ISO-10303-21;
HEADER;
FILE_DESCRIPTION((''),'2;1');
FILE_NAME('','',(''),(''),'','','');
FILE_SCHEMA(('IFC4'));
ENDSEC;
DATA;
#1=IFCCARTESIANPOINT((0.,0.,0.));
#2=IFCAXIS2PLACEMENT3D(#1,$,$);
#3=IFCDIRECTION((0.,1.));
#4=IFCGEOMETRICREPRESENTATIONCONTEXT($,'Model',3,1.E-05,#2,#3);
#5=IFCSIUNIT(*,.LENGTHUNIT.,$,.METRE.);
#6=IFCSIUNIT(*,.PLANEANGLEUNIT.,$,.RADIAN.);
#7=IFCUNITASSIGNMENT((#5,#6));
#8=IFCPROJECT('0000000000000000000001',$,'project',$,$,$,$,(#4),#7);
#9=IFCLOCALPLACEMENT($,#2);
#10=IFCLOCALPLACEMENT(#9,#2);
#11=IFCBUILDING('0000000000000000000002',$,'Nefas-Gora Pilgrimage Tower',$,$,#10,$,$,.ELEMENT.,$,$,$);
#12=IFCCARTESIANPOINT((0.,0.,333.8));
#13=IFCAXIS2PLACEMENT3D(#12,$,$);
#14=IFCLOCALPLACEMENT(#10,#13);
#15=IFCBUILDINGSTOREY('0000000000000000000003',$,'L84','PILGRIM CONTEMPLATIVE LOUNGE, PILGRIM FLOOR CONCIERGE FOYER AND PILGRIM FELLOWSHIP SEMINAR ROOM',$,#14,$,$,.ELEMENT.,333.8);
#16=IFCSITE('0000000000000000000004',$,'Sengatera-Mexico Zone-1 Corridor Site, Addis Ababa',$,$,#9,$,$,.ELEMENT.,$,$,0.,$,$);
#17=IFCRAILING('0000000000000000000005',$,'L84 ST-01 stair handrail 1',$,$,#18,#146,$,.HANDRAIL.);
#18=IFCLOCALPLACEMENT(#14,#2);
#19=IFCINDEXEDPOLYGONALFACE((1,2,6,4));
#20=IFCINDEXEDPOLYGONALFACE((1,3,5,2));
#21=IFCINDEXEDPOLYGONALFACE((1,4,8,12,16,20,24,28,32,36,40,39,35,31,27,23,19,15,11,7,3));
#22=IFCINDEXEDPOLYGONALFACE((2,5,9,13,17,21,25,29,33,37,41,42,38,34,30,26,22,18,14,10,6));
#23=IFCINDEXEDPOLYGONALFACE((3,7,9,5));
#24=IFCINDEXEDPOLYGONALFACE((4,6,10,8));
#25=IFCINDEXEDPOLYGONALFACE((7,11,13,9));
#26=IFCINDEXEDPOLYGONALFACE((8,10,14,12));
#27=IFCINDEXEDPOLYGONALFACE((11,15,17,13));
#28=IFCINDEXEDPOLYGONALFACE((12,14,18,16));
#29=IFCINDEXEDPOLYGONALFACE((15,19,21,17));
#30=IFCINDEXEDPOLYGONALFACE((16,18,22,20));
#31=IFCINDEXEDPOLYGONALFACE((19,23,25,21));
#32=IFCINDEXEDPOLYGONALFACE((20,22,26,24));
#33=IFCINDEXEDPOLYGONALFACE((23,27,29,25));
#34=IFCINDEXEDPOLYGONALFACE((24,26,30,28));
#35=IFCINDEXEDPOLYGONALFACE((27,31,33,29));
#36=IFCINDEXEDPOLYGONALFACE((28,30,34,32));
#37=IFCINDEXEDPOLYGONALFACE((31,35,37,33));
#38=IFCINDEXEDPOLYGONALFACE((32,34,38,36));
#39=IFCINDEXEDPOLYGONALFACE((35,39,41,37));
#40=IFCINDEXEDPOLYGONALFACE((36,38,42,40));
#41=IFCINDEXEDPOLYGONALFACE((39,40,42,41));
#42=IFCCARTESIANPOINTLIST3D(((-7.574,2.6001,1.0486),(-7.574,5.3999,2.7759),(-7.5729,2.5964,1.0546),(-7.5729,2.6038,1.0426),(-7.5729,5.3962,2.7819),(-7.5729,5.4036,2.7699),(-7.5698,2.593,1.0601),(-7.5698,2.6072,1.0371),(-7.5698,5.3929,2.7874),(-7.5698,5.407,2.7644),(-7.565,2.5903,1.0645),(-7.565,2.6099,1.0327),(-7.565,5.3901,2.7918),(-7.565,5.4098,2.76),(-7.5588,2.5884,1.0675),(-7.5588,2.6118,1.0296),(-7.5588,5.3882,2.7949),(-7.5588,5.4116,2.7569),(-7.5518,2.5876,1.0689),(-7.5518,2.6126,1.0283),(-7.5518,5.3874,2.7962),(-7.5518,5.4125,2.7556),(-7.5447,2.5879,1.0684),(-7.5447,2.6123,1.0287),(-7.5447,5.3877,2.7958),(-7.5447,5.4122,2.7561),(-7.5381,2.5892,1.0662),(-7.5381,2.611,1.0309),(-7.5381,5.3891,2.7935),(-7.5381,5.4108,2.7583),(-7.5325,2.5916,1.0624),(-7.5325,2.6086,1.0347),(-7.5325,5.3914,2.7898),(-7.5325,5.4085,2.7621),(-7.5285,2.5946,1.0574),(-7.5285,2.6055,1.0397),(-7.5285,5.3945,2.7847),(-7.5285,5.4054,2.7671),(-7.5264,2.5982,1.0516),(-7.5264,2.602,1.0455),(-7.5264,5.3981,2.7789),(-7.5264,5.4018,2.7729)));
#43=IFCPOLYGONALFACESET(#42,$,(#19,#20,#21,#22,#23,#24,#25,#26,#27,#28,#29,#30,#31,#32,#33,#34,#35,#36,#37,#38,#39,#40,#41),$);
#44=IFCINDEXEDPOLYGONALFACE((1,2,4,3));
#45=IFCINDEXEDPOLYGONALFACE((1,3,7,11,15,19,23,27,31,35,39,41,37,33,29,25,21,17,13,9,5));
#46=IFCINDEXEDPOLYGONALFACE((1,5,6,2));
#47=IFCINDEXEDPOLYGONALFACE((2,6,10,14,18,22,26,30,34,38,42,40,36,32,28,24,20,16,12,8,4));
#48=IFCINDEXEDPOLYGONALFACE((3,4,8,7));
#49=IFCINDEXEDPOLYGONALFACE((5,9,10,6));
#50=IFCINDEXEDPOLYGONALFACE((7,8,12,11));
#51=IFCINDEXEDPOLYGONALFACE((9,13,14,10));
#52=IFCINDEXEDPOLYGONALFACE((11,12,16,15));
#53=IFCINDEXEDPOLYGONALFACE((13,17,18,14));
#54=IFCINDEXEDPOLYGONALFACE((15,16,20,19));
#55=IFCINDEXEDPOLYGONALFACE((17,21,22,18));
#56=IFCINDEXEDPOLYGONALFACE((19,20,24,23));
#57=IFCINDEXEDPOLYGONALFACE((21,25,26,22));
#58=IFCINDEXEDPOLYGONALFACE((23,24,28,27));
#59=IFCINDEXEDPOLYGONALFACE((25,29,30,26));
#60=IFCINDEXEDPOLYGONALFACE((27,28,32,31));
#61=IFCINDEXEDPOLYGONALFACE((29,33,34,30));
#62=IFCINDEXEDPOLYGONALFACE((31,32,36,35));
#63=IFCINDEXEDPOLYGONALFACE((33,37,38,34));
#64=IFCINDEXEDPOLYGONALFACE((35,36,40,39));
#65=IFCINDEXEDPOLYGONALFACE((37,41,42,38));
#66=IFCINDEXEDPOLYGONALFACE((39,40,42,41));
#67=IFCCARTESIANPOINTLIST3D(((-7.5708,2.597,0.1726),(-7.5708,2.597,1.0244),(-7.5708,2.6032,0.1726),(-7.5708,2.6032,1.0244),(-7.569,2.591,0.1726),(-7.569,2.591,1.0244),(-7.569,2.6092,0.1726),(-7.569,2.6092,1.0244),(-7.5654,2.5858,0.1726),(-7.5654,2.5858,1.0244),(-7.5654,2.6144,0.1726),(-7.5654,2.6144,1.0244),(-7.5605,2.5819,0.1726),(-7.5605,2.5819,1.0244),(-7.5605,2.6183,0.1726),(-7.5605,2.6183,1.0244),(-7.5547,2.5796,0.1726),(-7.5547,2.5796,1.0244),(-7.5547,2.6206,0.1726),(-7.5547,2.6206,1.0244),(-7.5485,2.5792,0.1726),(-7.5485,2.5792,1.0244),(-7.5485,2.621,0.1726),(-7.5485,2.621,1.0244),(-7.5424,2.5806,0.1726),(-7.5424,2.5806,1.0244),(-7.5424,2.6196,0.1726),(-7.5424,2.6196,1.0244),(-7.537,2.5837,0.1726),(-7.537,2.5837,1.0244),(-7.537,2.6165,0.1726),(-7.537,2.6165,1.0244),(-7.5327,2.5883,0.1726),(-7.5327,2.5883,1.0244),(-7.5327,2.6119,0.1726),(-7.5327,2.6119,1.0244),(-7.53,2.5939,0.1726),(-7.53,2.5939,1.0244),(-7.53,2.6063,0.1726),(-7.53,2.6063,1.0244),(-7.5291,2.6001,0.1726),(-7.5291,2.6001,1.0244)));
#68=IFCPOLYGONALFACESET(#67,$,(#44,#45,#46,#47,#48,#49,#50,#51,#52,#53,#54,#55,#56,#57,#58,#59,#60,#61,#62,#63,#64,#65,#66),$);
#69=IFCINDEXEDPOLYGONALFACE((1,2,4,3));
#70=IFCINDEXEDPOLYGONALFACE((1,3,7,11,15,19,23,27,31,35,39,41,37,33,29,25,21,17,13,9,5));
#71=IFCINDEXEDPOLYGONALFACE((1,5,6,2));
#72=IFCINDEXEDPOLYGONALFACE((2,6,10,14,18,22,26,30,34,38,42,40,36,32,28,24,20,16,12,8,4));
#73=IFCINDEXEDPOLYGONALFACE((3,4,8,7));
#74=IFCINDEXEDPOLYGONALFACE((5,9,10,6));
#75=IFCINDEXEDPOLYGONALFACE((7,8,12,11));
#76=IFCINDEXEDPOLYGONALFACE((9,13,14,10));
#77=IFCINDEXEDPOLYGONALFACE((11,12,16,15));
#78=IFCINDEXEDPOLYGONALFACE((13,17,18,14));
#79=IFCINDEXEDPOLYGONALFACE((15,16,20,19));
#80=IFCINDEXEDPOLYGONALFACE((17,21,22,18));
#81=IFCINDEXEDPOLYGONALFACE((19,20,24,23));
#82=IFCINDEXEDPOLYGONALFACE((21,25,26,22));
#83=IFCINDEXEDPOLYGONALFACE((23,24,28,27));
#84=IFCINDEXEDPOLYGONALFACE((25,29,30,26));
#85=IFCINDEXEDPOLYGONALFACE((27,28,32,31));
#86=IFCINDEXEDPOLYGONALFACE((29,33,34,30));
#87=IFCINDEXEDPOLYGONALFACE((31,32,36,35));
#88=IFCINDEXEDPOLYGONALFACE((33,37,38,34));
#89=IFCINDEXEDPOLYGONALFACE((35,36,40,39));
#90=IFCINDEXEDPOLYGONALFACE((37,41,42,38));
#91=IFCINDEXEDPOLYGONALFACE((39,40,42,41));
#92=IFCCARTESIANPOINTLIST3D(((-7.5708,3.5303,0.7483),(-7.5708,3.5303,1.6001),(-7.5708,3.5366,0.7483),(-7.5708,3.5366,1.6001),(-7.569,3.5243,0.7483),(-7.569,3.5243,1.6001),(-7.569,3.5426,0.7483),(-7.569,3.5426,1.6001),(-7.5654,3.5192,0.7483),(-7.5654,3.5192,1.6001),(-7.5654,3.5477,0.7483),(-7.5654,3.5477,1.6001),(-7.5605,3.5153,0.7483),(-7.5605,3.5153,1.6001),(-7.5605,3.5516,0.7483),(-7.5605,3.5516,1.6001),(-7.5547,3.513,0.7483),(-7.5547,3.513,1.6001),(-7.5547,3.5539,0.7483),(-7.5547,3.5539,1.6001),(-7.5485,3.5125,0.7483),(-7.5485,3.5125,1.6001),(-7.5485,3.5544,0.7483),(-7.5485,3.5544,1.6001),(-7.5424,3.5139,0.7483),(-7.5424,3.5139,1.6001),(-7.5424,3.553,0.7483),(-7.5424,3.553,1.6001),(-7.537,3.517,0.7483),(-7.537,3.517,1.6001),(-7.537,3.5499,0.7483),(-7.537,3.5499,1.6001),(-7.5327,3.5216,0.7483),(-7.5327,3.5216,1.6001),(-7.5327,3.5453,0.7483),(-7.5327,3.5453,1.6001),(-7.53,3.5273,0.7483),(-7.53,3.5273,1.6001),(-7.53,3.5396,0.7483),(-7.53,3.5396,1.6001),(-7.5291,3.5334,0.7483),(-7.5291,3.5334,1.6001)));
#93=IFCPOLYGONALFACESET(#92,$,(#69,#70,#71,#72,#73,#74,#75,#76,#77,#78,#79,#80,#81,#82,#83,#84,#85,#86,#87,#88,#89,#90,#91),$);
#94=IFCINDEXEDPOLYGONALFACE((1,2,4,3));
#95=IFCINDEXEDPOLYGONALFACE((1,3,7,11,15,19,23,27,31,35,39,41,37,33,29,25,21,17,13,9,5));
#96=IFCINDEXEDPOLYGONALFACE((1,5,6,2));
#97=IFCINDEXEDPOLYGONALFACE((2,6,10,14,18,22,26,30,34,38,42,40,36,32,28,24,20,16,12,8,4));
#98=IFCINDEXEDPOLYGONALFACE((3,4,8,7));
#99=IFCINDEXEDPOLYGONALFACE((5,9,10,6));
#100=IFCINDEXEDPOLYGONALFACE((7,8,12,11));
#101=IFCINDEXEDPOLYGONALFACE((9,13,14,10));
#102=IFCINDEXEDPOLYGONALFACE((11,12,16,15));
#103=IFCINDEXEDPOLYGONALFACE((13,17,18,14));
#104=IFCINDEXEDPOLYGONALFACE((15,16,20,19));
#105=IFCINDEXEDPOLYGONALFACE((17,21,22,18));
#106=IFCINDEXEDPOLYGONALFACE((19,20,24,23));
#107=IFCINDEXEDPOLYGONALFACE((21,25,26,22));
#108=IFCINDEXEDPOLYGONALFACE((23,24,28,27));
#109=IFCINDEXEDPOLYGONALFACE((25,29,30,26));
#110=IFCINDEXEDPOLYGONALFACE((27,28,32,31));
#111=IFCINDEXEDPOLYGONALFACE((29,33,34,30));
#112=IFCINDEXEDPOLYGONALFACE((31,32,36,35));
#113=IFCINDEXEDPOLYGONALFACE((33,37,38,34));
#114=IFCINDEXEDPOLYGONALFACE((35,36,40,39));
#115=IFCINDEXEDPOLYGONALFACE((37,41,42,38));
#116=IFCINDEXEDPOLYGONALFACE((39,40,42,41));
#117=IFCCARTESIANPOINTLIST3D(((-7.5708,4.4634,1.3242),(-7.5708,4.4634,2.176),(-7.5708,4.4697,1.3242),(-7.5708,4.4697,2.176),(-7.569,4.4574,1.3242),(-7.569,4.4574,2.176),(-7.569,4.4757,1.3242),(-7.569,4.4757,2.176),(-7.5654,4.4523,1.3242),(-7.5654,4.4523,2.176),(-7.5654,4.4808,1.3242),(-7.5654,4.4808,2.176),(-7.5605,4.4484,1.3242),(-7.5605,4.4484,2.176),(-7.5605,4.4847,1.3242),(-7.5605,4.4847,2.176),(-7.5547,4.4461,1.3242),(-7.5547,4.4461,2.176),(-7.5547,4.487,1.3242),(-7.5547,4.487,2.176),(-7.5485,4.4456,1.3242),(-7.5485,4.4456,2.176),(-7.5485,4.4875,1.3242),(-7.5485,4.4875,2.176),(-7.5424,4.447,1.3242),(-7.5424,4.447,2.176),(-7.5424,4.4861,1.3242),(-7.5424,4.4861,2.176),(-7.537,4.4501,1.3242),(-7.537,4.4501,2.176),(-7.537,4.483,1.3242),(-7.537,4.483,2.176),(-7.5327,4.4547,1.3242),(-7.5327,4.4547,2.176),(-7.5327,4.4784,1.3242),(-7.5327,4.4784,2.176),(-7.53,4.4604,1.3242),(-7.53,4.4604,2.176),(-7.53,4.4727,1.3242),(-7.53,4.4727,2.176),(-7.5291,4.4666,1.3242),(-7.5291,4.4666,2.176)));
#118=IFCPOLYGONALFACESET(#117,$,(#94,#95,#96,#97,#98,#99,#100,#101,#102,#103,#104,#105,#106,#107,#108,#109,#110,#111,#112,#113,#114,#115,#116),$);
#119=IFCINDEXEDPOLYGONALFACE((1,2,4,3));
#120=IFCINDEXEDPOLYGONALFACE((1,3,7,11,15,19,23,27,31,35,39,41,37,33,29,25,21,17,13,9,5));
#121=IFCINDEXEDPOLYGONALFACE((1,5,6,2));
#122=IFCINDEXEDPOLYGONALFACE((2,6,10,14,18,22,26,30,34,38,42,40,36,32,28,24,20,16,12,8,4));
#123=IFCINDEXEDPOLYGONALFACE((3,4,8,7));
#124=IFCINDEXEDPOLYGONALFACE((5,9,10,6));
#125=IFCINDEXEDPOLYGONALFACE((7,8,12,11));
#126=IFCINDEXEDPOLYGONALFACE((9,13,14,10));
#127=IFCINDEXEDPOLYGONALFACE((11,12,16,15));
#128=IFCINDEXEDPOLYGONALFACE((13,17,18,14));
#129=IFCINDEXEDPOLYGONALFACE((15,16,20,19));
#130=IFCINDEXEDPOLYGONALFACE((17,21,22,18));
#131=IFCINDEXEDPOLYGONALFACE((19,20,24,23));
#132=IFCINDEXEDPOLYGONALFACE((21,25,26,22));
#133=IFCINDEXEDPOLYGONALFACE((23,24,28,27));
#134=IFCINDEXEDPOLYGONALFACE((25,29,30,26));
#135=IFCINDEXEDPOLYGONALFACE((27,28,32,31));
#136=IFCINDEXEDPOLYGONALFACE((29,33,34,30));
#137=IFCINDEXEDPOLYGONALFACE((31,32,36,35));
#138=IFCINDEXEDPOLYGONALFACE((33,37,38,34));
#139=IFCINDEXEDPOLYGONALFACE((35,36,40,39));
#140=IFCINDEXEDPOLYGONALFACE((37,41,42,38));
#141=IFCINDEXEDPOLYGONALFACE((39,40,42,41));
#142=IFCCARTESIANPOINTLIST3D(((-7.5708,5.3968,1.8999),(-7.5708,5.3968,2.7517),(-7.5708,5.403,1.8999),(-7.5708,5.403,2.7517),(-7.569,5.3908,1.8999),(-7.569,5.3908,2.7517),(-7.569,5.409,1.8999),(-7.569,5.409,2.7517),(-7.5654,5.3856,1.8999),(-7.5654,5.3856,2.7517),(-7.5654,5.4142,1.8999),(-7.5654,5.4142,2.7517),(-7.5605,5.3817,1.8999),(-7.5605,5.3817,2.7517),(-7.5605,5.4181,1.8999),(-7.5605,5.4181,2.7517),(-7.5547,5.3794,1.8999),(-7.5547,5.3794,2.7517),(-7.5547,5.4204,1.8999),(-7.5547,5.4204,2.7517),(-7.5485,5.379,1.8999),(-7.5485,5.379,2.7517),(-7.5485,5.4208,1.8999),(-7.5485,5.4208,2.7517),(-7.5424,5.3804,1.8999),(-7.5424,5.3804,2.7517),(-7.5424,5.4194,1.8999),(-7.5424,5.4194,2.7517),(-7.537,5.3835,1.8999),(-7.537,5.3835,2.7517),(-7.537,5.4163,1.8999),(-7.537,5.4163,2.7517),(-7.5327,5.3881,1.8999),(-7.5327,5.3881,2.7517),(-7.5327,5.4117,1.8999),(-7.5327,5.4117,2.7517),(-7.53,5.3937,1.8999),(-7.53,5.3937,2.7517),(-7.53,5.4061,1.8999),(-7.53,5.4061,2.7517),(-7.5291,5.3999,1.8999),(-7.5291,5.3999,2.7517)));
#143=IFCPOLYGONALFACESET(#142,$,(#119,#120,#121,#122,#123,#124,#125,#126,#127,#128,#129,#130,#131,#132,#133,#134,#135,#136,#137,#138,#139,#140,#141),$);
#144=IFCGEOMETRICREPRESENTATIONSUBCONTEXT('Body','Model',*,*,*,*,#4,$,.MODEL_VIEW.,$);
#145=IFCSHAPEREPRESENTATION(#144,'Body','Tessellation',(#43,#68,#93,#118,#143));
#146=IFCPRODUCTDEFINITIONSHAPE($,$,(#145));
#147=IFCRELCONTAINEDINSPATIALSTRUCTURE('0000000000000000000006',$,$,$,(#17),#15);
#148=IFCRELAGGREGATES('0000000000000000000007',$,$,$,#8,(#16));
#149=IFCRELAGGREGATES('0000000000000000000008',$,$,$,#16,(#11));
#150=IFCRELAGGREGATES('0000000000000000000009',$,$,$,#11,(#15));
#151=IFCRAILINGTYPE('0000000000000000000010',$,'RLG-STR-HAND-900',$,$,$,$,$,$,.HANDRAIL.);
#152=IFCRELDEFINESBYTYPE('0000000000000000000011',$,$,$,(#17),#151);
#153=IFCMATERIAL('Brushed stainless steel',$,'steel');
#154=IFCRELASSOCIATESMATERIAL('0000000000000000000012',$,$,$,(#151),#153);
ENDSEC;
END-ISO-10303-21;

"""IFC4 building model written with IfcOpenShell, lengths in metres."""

from ifc_helpers import new_model, si_unit, direction, frame, origin, origin_2d, place, context, subcontext, project, spatial, circle, extrude, material, type_object, element, save


model = new_model("IFC4")

# Units and contexts
model_context = context("Model", 3, precision=1e-05, world=origin(), true_north=direction((0.0, 1.0)))
body_context = subcontext(model_context, "Body", "Model", "MODEL_VIEW")
ifc_project = project(units=[si_unit("LENGTHUNIT", "METRE"), si_unit("PLANEANGLEUNIT", "RADIAN")], contexts=[model_context])

# Site, building, storey
site_placement = place(None, origin())
site = spatial("IfcSite", under=ifc_project, at=site_placement, Name="Sengatera-Mexico Zone-1 Corridor Site, Addis Ababa", CompositionType="ELEMENT", RefElevation=0.0)
building_placement = place(site_placement, origin())
building = spatial("IfcBuilding", under=site, at=building_placement, Name="Nefas-Gora Pilgrimage Tower", CompositionType="ELEMENT")
storey_placement = place(building_placement, frame((0.0, 0.0, 333.8)))
storey = spatial("IfcBuildingStorey", under=building, at=storey_placement, Name="L84", Description="PILGRIM CONTEMPLATIVE LOUNGE, PILGRIM FLOOR CONCIERGE FOYER AND PILGRIM FELLOWSHIP SEMINAR ROOM", CompositionType="ELEMENT", Elevation=333.8)

# Railing
ifc_material_1 = material(Name="Brushed stainless steel", Category="steel")
railing_type_1 = type_object("IfcRailingType", Name="RLG-STR-HAND-900", PredefinedType="HANDRAIL", material=ifc_material_1)
railing_1_placement = place(storey_placement, frame((-7.55, 2.6001, 0.1726)))
element("IfcRailing", 1, at=railing_1_placement, inside=storey, type_object=railing_type_1, Name="L84 ST-01 stair handrail 1", PredefinedType="HANDRAIL", context=body_context, shape_type="SweptSolid", body=[
    extrude(circle(Radius=0.0239, at=origin_2d()), frame((0.0, 0.0, 0.876), z_axis=(0.0, 0.851069, 0.525054), x_axis=(-1.0, 0.0, 0.0)), (0.0, 0.0, 1.0), 3.2898),
    extrude(circle(Radius=0.021, at=origin_2d()), origin(), (0.0, 0.0, 1.0), 0.8518),
    extrude(circle(Radius=0.021, at=origin_2d()), frame((0.0, 0.9333, 0.5757)), (0.0, 0.0, 1.0), 0.8518),
    extrude(circle(Radius=0.021, at=origin_2d()), frame((0.0, 1.8665, 1.1516)), (0.0, 0.0, 1.0), 0.8518),
    extrude(circle(Radius=0.021, at=origin_2d()), frame((0.0, 2.7998, 1.7273)), (0.0, 0.0, 1.0), 0.8518),
])

save(model, "model.ifc")
